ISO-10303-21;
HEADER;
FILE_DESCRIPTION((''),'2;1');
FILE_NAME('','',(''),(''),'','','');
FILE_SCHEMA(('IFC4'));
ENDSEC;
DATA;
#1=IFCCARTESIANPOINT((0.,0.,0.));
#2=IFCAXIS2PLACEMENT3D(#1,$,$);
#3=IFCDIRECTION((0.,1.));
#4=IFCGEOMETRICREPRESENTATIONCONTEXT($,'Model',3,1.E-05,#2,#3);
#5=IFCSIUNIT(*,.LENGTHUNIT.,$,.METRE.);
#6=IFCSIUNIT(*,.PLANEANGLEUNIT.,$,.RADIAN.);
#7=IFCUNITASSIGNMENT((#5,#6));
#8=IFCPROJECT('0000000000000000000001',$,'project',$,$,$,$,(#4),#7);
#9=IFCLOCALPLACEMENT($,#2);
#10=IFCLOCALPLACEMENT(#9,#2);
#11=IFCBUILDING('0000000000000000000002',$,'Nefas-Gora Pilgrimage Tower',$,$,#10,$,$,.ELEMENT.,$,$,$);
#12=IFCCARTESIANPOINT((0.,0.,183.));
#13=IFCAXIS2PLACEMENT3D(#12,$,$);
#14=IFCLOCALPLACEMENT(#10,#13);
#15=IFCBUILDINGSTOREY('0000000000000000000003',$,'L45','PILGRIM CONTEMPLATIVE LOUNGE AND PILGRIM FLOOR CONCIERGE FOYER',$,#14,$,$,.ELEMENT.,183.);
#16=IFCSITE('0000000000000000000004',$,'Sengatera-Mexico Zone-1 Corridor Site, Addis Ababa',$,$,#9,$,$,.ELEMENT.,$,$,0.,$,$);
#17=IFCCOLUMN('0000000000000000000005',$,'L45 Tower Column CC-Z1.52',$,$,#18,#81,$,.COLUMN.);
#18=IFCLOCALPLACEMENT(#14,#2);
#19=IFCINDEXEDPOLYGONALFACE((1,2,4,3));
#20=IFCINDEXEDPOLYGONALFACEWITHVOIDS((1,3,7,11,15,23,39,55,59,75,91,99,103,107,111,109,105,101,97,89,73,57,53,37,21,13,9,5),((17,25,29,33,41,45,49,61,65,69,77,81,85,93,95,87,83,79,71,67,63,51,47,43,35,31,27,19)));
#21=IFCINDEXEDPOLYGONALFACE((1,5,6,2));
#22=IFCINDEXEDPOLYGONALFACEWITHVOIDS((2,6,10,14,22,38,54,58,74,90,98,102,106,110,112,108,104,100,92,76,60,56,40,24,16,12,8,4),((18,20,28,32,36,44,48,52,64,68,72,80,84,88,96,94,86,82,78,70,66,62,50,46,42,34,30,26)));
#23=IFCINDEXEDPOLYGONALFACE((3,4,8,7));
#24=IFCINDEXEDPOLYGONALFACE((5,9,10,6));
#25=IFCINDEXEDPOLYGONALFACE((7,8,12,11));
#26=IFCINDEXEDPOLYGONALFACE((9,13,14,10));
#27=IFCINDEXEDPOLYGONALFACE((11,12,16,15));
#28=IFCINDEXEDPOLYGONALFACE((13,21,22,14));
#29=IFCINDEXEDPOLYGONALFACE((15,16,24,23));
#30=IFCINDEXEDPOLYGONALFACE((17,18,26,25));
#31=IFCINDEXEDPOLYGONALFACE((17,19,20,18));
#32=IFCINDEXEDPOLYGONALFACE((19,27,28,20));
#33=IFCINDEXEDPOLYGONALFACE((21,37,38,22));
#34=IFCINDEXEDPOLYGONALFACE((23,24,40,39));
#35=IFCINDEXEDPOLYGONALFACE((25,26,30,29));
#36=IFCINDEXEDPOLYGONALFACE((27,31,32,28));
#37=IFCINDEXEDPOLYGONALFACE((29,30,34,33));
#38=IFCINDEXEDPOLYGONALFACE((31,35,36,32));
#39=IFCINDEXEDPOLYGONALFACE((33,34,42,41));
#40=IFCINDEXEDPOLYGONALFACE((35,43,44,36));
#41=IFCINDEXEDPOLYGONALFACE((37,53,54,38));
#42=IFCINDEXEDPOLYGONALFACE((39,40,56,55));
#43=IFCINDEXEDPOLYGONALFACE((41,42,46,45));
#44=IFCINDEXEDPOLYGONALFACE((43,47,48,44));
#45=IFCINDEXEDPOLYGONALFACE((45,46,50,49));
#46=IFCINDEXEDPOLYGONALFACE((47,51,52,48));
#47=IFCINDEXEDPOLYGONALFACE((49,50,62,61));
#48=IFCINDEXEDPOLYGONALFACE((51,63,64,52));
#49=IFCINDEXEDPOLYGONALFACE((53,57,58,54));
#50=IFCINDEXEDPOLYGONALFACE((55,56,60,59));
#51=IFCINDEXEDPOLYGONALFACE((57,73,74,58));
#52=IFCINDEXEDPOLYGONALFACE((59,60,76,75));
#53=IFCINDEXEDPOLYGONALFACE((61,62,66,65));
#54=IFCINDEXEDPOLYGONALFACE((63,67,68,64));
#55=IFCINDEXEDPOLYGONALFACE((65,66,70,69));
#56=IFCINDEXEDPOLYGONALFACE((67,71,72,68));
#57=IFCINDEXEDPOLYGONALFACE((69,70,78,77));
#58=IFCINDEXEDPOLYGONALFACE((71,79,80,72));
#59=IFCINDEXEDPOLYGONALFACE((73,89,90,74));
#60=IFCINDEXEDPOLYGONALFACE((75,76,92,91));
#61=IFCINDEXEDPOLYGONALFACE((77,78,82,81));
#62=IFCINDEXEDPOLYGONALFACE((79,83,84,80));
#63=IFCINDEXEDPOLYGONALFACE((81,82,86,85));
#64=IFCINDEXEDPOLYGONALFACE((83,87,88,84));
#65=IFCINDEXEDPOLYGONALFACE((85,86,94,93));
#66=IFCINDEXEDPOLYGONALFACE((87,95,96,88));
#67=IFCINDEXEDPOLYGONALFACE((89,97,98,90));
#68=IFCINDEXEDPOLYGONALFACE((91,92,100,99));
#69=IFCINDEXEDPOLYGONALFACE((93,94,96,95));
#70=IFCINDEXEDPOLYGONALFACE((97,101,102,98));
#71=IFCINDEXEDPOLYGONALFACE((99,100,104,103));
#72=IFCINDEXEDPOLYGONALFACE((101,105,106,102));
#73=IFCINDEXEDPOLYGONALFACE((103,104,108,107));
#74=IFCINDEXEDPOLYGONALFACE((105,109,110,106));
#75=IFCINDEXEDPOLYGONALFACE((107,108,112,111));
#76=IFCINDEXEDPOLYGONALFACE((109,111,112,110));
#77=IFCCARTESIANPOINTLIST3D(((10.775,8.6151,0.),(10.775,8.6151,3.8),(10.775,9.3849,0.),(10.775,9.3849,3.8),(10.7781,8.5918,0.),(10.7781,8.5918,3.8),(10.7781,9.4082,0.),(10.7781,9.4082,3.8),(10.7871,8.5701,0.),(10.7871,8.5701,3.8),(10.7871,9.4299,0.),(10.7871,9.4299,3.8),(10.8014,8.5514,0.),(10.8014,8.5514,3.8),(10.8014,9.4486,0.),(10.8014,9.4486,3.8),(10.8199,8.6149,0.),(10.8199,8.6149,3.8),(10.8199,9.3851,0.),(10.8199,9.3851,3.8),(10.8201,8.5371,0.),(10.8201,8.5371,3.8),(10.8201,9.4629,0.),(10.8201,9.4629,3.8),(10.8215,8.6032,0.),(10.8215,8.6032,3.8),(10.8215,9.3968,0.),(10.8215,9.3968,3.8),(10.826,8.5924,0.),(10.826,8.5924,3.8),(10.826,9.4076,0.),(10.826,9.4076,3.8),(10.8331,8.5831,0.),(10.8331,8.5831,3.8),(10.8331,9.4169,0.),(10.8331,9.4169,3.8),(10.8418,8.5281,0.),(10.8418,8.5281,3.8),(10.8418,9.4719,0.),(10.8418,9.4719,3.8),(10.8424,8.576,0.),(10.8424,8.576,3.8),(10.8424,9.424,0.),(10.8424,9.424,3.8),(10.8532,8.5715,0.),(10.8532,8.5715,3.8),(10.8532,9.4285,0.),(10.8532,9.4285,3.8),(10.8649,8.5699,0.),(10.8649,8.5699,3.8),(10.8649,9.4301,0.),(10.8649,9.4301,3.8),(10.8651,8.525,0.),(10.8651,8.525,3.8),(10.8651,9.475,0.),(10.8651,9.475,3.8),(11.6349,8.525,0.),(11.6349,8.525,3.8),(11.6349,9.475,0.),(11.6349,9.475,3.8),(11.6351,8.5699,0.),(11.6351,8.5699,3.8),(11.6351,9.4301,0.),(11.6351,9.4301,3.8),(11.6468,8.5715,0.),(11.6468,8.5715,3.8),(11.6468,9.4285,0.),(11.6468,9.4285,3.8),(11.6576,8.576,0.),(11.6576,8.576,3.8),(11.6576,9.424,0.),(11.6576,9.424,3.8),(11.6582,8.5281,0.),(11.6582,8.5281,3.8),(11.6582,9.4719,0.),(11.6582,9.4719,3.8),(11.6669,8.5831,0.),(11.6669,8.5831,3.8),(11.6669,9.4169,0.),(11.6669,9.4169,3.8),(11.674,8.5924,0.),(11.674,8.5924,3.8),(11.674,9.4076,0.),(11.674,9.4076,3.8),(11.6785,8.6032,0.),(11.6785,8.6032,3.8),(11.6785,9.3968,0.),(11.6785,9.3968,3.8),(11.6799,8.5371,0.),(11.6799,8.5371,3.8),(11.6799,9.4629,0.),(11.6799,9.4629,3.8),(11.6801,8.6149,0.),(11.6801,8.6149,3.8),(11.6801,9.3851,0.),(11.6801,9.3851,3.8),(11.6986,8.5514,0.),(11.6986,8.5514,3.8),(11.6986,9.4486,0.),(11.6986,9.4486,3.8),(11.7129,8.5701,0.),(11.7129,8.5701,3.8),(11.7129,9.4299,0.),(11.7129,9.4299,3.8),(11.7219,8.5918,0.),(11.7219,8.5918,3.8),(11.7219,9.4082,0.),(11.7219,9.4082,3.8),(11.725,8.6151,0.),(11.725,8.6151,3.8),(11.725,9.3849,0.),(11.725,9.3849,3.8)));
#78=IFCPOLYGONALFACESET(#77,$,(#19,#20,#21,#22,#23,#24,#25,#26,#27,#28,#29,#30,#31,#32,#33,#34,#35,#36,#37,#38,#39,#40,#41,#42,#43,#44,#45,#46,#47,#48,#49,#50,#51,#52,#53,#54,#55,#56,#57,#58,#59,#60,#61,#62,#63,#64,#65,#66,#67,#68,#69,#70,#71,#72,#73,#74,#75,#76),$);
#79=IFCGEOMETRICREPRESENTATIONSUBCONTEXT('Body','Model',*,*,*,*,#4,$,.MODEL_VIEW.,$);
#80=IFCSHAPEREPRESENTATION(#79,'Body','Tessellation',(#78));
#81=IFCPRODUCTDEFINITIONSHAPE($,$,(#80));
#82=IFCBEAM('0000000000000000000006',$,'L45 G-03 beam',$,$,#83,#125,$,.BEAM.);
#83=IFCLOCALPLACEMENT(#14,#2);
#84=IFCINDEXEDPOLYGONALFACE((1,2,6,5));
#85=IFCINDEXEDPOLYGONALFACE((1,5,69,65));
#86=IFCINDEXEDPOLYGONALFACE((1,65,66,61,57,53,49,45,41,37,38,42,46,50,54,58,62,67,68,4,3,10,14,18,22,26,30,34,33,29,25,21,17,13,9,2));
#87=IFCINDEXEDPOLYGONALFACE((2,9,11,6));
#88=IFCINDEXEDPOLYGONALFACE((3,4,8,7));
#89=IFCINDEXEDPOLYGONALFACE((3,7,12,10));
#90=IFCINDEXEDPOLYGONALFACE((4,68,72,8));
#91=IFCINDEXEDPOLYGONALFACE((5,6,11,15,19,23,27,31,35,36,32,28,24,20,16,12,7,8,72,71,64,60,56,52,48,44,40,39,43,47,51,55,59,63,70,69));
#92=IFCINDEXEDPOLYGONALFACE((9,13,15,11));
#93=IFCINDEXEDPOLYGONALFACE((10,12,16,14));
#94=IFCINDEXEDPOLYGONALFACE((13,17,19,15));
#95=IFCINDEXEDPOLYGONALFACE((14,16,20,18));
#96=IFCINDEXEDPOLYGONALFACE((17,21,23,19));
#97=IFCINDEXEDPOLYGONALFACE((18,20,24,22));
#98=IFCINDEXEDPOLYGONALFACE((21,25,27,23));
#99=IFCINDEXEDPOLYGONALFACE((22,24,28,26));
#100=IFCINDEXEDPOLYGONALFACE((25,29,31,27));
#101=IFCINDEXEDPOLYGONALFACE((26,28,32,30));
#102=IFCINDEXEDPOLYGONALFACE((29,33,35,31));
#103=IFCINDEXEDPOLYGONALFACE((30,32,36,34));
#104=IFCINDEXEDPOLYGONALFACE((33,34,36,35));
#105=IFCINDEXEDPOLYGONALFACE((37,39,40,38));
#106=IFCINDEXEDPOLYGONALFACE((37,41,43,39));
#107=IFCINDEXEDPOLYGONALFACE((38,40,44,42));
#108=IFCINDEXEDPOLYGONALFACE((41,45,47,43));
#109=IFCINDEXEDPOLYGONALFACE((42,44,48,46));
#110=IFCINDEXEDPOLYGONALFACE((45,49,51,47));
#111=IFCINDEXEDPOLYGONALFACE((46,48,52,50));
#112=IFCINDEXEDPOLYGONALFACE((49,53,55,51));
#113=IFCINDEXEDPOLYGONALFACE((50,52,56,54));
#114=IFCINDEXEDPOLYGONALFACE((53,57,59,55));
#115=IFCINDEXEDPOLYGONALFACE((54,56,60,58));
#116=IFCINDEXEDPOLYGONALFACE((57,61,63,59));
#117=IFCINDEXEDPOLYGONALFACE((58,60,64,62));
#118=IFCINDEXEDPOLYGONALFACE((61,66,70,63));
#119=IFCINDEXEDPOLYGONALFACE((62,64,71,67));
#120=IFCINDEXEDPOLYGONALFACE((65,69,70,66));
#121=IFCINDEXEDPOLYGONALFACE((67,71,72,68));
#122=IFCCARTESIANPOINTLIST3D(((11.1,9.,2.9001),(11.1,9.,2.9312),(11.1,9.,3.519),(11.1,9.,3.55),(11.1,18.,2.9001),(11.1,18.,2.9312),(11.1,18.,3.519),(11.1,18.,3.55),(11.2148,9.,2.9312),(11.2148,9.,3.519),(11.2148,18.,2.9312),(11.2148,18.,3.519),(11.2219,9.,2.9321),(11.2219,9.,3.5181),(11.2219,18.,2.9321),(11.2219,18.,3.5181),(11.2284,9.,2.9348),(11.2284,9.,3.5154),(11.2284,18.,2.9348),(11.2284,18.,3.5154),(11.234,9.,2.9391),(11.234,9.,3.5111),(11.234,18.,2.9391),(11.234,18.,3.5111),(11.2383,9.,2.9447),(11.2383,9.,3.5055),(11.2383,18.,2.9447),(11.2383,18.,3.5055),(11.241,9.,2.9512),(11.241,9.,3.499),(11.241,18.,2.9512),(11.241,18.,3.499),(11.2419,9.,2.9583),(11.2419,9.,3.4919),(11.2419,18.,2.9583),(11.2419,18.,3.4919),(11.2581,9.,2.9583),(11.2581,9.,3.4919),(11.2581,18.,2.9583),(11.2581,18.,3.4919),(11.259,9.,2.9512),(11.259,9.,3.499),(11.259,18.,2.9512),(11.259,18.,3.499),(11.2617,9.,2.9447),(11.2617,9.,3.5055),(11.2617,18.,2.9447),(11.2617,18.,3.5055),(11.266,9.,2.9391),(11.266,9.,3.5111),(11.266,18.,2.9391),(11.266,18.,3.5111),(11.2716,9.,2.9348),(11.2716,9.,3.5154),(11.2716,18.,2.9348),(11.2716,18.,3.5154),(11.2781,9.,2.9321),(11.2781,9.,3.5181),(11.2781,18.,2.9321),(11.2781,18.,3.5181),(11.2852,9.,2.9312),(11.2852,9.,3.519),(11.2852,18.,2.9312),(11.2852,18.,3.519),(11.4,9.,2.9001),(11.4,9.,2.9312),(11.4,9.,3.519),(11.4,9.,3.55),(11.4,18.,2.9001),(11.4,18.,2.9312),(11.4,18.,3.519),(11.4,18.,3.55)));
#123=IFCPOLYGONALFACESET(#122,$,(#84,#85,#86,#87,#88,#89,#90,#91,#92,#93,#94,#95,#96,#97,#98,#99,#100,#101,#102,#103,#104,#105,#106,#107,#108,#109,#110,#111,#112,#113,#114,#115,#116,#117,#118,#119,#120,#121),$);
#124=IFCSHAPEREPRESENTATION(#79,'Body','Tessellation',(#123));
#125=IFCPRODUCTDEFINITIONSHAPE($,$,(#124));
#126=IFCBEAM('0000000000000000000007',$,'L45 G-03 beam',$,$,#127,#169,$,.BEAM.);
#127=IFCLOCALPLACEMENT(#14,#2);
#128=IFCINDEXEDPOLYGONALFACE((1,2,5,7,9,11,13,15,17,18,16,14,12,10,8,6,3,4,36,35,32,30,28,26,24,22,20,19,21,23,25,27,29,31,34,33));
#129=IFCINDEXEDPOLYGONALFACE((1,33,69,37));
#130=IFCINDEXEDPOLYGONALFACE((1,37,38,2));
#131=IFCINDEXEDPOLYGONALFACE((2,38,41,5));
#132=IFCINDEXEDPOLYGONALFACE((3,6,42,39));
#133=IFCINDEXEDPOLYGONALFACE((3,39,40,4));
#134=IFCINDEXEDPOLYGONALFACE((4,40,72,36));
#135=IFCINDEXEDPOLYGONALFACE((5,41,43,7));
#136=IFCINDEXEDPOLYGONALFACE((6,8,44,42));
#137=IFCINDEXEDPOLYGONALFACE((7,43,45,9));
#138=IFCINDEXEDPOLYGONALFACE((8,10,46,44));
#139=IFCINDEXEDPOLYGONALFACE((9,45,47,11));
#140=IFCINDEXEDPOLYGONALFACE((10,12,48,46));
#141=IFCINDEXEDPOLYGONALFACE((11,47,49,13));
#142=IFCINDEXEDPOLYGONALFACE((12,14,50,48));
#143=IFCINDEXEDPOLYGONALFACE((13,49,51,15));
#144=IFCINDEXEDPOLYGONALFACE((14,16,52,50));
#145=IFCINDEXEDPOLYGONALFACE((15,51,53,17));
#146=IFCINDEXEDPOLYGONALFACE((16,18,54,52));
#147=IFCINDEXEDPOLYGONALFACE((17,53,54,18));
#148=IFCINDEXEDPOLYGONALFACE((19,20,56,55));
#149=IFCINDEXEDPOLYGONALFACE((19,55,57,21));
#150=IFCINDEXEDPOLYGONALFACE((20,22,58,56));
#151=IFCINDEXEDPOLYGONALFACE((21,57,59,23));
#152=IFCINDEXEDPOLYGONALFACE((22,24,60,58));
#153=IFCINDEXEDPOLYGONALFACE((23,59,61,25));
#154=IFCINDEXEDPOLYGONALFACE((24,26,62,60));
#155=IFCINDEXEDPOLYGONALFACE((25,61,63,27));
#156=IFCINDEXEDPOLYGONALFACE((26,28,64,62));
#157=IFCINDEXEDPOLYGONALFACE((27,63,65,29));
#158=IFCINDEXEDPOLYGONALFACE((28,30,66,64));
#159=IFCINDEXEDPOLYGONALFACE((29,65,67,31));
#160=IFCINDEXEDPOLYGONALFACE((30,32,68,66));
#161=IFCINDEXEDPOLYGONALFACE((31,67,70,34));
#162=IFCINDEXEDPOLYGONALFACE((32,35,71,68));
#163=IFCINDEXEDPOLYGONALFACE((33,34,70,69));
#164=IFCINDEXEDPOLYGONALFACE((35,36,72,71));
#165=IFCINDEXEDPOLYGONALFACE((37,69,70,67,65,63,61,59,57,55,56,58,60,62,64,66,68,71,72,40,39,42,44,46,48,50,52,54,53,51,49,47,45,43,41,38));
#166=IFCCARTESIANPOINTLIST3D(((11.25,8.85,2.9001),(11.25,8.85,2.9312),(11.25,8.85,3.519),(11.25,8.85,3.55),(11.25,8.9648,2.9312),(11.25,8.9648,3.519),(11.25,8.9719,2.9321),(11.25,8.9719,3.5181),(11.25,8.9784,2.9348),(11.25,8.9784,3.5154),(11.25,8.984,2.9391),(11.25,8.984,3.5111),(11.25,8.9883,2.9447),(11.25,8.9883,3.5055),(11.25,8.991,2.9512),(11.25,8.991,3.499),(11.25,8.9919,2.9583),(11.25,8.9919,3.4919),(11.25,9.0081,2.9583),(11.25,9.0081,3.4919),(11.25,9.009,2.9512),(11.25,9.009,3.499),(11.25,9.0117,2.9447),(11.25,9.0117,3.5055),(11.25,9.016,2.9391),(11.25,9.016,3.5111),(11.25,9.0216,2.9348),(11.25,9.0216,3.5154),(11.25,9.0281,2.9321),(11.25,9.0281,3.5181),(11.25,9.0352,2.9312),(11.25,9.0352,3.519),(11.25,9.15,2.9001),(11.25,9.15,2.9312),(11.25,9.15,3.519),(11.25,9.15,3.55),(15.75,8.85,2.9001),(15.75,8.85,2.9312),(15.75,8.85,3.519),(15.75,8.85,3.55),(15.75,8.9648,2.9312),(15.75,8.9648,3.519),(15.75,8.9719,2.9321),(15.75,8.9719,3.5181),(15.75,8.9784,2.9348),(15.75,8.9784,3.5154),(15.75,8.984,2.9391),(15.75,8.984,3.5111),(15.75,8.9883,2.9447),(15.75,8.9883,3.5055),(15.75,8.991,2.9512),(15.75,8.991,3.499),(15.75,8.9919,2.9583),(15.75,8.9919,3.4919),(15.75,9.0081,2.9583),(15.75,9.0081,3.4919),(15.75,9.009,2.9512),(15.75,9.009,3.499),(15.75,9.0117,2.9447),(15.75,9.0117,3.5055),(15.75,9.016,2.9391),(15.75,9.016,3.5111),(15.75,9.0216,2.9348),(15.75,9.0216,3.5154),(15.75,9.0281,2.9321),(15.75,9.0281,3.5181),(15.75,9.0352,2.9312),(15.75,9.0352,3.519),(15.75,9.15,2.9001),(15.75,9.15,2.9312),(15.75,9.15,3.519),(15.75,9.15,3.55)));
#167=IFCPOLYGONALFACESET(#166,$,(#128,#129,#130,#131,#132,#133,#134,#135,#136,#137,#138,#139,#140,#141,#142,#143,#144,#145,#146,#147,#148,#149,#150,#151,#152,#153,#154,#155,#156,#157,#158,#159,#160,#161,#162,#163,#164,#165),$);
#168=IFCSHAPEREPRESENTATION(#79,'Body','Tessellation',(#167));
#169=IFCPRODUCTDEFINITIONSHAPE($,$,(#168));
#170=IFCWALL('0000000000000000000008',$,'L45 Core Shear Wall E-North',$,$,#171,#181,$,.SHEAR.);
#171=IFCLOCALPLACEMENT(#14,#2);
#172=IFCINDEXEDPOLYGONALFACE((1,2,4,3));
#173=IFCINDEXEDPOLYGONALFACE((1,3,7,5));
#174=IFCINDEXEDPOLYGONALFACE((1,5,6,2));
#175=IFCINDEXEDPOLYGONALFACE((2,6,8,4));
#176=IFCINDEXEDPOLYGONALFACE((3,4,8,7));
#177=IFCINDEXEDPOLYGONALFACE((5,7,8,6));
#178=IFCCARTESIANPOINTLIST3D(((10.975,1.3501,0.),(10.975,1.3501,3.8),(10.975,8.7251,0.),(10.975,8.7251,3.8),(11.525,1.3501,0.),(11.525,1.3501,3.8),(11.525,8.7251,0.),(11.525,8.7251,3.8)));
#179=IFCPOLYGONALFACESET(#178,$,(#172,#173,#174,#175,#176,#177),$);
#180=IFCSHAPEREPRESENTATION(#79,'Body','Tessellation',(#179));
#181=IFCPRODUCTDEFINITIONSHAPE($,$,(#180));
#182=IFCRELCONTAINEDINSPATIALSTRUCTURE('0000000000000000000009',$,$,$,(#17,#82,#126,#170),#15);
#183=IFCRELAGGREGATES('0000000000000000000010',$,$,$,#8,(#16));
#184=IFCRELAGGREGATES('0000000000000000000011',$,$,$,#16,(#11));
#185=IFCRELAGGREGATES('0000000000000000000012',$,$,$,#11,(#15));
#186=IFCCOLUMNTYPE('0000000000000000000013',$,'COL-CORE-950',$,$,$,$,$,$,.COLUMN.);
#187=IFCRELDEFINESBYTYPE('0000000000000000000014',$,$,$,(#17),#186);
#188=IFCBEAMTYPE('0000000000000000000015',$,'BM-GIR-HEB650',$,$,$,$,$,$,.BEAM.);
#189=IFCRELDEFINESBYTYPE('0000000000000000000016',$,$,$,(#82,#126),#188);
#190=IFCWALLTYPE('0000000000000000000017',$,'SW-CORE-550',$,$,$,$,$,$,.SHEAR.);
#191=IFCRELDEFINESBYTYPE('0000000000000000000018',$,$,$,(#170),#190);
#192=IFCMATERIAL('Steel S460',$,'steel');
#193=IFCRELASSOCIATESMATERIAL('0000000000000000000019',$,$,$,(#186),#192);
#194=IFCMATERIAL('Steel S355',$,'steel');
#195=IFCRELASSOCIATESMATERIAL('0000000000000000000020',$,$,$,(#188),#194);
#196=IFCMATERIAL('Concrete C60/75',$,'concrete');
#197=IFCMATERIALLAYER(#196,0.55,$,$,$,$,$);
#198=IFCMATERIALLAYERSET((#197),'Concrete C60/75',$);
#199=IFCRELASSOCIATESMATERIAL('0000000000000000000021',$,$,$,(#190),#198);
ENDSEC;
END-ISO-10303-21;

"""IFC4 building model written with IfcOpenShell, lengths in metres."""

from ifc_helpers import new_model, si_unit, direction, frame, frame_2d, origin, origin_2d, place, context, subcontext, project, spatial, rectangle, hollow_rectangle, i_section, extrude, source, transform, mapped, material, layer, layer_set, material_profile, profile_set, type_object, element, save


model = new_model("IFC4")

# Units and contexts
model_context = context("Model", 3, precision=1e-05, world=origin(), true_north=direction((0.0, 1.0)))
body_context = subcontext(model_context, "Body", "Model", "MODEL_VIEW")
ifc_project = project(units=[si_unit("LENGTHUNIT", "METRE"), si_unit("PLANEANGLEUNIT", "RADIAN")], contexts=[model_context])

# Site, building, storey
site_placement = place(None, origin())
site = spatial("IfcSite", under=ifc_project, at=site_placement, Name="Sengatera-Mexico Zone-1 Corridor Site, Addis Ababa", CompositionType="ELEMENT", RefElevation=0.0)
building_placement = place(site_placement, origin())
building = spatial("IfcBuilding", under=site, at=building_placement, Name="Nefas-Gora Pilgrimage Tower", CompositionType="ELEMENT")
storey_placement = place(building_placement, frame((0.0, 0.0, 183.0)))
storey = spatial("IfcBuildingStorey", under=building, at=storey_placement, Name="L45", Description="PILGRIM CONTEMPLATIVE LOUNGE AND PILGRIM FLOOR CONCIERGE FOYER", CompositionType="ELEMENT", Elevation=183.0)

# Column
ifc_material_1 = material(Name="Steel S460", Category="steel")
ifc_material_profile_1 = material_profile(ifc_material_1, hollow_rectangle(XDim=0.95, YDim=0.95, WallThickness=0.0449, InnerFilletRadius=0.0449, OuterFilletRadius=0.0901, at=origin_2d()), Name="BOX 950x950x45")
ifc_profile_set_1 = profile_set([ifc_material_profile_1], Name="Steel S460")
column_type = type_object("IfcColumnType", Name="COL-CORE-950", PredefinedType="COLUMN", material=ifc_profile_set_1)
shared_shape_1 = source(origin(), body_context, "Body", "SweptSolid", [
    extrude(hollow_rectangle(XDim=0.95, YDim=0.95, WallThickness=0.0449, InnerFilletRadius=0.0449, OuterFilletRadius=0.0901, at=origin_2d()), origin(), (0.0, 0.0, 1.0), 3.8),
])
column_placement = place(storey_placement, frame((11.25, 9.0, 0.0), z_axis=(0.0, 0.0, 1.0), x_axis=(1.0, 0.0, 0.0)))
element("IfcColumn", 1, at=column_placement, inside=storey, type_object=column_type, Name="L45 Tower Column CC-Z1.52", PredefinedType="COLUMN", context=body_context, shape_type="MappedRepresentation", body=[
    mapped(shared_shape_1, transform((0.0, 0.0, 0.0), x_axis=(1.0, 0.0, 0.0), y_axis=(0.0, 1.0, 0.0), z_axis=(0.0, 0.0, 1.0), scale=1.0)),
])

# Beams
ifc_material_2 = material(Name="Steel S355", Category="steel")
ifc_material_profile_2 = material_profile(ifc_material_2, i_section(OverallWidth=0.3, OverallDepth=0.6499, WebThickness=0.0161, FlangeThickness=0.031, FilletRadius=0.0271, at=origin_2d()), Name="HEB 650")
ifc_profile_set_2 = profile_set([ifc_material_profile_2], Name="Steel S355")
beam_type = type_object("IfcBeamType", Name="BM-GIR-HEB650", PredefinedType="BEAM", material=ifc_profile_set_2)
shared_shape_2 = source(origin(), body_context, "Body", "SweptSolid", [
    extrude(i_section(OverallWidth=0.3, OverallDepth=0.6499, WebThickness=0.0161, FlangeThickness=0.031, FilletRadius=0.0271, at=origin_2d()), origin(), (0.0, 0.0, 1.0), 9.0),
])
beam_1_placement = place(storey_placement, frame((11.25, 9.0, 3.2251), z_axis=(0.0, 1.0, 0.0), x_axis=(-1.0, 0.0, 0.0)))
element("IfcBeam", 2, at=beam_1_placement, inside=storey, type_object=beam_type, Name="L45 G-03 beam", PredefinedType="BEAM", context=body_context, shape_type="MappedRepresentation", body=[
    mapped(shared_shape_2, transform((0.0, 0.0, 0.0), x_axis=(1.0, 0.0, 0.0), y_axis=(0.0, 1.0, 0.0), z_axis=(0.0, 0.0, 1.0), scale=1.0)),
])
shared_shape_3 = source(origin(), body_context, "Body", "SweptSolid", [
    extrude(i_section(OverallWidth=0.3, OverallDepth=0.6499, WebThickness=0.0161, FlangeThickness=0.031, FilletRadius=0.0271, at=origin_2d()), origin(), (0.0, 0.0, 1.0), 4.5),
])
beam_2_placement = place(storey_placement, frame((11.25, 9.0, 3.2251), z_axis=(1.0, 0.0, 0.0), x_axis=(0.0, 1.0, 0.0)))
element("IfcBeam", 3, at=beam_2_placement, inside=storey, type_object=beam_type, Name="L45 G-03 beam", PredefinedType="BEAM", context=body_context, shape_type="MappedRepresentation", body=[
    mapped(shared_shape_3, transform((0.0, 0.0, 0.0), x_axis=(1.0, 0.0, 0.0), y_axis=(0.0, 1.0, 0.0), z_axis=(0.0, 0.0, 1.0), scale=1.0)),
])

# Wall
ifc_material_3 = material(Name="Concrete C60/75", Category="concrete")
ifc_layer_1 = layer(ifc_material_3, 0.55)
ifc_layer_set_1 = layer_set([ifc_layer_1], Name="Concrete C60/75")
wall_type_1 = type_object("IfcWallType", Name="SW-CORE-550", PredefinedType="SHEAR", material=ifc_layer_set_1)
shared_shape_4 = source(origin(), body_context, "Body", "SweptSolid", [
    extrude(rectangle(XDim=7.375, YDim=0.55, at=frame_2d((3.6875, 0.0))), origin(), (0.0, 0.0, 1.0), 3.8),
])
wall_1_placement = place(storey_placement, frame((11.25, 1.3501, 0.0), z_axis=(0.0, 0.0, 1.0), x_axis=(0.0, 1.0, 0.0)))
element("IfcWall", 4, at=wall_1_placement, inside=storey, type_object=wall_type_1, Name="L45 Core Shear Wall E-North", PredefinedType="SHEAR", context=body_context, shape_type="MappedRepresentation", body=[
    mapped(shared_shape_4, transform((0.0, 0.0, 0.0), x_axis=(1.0, 0.0, 0.0), y_axis=(0.0, 1.0, 0.0), z_axis=(0.0, 0.0, 1.0), scale=1.0)),
])

save(model, "model.ifc")
